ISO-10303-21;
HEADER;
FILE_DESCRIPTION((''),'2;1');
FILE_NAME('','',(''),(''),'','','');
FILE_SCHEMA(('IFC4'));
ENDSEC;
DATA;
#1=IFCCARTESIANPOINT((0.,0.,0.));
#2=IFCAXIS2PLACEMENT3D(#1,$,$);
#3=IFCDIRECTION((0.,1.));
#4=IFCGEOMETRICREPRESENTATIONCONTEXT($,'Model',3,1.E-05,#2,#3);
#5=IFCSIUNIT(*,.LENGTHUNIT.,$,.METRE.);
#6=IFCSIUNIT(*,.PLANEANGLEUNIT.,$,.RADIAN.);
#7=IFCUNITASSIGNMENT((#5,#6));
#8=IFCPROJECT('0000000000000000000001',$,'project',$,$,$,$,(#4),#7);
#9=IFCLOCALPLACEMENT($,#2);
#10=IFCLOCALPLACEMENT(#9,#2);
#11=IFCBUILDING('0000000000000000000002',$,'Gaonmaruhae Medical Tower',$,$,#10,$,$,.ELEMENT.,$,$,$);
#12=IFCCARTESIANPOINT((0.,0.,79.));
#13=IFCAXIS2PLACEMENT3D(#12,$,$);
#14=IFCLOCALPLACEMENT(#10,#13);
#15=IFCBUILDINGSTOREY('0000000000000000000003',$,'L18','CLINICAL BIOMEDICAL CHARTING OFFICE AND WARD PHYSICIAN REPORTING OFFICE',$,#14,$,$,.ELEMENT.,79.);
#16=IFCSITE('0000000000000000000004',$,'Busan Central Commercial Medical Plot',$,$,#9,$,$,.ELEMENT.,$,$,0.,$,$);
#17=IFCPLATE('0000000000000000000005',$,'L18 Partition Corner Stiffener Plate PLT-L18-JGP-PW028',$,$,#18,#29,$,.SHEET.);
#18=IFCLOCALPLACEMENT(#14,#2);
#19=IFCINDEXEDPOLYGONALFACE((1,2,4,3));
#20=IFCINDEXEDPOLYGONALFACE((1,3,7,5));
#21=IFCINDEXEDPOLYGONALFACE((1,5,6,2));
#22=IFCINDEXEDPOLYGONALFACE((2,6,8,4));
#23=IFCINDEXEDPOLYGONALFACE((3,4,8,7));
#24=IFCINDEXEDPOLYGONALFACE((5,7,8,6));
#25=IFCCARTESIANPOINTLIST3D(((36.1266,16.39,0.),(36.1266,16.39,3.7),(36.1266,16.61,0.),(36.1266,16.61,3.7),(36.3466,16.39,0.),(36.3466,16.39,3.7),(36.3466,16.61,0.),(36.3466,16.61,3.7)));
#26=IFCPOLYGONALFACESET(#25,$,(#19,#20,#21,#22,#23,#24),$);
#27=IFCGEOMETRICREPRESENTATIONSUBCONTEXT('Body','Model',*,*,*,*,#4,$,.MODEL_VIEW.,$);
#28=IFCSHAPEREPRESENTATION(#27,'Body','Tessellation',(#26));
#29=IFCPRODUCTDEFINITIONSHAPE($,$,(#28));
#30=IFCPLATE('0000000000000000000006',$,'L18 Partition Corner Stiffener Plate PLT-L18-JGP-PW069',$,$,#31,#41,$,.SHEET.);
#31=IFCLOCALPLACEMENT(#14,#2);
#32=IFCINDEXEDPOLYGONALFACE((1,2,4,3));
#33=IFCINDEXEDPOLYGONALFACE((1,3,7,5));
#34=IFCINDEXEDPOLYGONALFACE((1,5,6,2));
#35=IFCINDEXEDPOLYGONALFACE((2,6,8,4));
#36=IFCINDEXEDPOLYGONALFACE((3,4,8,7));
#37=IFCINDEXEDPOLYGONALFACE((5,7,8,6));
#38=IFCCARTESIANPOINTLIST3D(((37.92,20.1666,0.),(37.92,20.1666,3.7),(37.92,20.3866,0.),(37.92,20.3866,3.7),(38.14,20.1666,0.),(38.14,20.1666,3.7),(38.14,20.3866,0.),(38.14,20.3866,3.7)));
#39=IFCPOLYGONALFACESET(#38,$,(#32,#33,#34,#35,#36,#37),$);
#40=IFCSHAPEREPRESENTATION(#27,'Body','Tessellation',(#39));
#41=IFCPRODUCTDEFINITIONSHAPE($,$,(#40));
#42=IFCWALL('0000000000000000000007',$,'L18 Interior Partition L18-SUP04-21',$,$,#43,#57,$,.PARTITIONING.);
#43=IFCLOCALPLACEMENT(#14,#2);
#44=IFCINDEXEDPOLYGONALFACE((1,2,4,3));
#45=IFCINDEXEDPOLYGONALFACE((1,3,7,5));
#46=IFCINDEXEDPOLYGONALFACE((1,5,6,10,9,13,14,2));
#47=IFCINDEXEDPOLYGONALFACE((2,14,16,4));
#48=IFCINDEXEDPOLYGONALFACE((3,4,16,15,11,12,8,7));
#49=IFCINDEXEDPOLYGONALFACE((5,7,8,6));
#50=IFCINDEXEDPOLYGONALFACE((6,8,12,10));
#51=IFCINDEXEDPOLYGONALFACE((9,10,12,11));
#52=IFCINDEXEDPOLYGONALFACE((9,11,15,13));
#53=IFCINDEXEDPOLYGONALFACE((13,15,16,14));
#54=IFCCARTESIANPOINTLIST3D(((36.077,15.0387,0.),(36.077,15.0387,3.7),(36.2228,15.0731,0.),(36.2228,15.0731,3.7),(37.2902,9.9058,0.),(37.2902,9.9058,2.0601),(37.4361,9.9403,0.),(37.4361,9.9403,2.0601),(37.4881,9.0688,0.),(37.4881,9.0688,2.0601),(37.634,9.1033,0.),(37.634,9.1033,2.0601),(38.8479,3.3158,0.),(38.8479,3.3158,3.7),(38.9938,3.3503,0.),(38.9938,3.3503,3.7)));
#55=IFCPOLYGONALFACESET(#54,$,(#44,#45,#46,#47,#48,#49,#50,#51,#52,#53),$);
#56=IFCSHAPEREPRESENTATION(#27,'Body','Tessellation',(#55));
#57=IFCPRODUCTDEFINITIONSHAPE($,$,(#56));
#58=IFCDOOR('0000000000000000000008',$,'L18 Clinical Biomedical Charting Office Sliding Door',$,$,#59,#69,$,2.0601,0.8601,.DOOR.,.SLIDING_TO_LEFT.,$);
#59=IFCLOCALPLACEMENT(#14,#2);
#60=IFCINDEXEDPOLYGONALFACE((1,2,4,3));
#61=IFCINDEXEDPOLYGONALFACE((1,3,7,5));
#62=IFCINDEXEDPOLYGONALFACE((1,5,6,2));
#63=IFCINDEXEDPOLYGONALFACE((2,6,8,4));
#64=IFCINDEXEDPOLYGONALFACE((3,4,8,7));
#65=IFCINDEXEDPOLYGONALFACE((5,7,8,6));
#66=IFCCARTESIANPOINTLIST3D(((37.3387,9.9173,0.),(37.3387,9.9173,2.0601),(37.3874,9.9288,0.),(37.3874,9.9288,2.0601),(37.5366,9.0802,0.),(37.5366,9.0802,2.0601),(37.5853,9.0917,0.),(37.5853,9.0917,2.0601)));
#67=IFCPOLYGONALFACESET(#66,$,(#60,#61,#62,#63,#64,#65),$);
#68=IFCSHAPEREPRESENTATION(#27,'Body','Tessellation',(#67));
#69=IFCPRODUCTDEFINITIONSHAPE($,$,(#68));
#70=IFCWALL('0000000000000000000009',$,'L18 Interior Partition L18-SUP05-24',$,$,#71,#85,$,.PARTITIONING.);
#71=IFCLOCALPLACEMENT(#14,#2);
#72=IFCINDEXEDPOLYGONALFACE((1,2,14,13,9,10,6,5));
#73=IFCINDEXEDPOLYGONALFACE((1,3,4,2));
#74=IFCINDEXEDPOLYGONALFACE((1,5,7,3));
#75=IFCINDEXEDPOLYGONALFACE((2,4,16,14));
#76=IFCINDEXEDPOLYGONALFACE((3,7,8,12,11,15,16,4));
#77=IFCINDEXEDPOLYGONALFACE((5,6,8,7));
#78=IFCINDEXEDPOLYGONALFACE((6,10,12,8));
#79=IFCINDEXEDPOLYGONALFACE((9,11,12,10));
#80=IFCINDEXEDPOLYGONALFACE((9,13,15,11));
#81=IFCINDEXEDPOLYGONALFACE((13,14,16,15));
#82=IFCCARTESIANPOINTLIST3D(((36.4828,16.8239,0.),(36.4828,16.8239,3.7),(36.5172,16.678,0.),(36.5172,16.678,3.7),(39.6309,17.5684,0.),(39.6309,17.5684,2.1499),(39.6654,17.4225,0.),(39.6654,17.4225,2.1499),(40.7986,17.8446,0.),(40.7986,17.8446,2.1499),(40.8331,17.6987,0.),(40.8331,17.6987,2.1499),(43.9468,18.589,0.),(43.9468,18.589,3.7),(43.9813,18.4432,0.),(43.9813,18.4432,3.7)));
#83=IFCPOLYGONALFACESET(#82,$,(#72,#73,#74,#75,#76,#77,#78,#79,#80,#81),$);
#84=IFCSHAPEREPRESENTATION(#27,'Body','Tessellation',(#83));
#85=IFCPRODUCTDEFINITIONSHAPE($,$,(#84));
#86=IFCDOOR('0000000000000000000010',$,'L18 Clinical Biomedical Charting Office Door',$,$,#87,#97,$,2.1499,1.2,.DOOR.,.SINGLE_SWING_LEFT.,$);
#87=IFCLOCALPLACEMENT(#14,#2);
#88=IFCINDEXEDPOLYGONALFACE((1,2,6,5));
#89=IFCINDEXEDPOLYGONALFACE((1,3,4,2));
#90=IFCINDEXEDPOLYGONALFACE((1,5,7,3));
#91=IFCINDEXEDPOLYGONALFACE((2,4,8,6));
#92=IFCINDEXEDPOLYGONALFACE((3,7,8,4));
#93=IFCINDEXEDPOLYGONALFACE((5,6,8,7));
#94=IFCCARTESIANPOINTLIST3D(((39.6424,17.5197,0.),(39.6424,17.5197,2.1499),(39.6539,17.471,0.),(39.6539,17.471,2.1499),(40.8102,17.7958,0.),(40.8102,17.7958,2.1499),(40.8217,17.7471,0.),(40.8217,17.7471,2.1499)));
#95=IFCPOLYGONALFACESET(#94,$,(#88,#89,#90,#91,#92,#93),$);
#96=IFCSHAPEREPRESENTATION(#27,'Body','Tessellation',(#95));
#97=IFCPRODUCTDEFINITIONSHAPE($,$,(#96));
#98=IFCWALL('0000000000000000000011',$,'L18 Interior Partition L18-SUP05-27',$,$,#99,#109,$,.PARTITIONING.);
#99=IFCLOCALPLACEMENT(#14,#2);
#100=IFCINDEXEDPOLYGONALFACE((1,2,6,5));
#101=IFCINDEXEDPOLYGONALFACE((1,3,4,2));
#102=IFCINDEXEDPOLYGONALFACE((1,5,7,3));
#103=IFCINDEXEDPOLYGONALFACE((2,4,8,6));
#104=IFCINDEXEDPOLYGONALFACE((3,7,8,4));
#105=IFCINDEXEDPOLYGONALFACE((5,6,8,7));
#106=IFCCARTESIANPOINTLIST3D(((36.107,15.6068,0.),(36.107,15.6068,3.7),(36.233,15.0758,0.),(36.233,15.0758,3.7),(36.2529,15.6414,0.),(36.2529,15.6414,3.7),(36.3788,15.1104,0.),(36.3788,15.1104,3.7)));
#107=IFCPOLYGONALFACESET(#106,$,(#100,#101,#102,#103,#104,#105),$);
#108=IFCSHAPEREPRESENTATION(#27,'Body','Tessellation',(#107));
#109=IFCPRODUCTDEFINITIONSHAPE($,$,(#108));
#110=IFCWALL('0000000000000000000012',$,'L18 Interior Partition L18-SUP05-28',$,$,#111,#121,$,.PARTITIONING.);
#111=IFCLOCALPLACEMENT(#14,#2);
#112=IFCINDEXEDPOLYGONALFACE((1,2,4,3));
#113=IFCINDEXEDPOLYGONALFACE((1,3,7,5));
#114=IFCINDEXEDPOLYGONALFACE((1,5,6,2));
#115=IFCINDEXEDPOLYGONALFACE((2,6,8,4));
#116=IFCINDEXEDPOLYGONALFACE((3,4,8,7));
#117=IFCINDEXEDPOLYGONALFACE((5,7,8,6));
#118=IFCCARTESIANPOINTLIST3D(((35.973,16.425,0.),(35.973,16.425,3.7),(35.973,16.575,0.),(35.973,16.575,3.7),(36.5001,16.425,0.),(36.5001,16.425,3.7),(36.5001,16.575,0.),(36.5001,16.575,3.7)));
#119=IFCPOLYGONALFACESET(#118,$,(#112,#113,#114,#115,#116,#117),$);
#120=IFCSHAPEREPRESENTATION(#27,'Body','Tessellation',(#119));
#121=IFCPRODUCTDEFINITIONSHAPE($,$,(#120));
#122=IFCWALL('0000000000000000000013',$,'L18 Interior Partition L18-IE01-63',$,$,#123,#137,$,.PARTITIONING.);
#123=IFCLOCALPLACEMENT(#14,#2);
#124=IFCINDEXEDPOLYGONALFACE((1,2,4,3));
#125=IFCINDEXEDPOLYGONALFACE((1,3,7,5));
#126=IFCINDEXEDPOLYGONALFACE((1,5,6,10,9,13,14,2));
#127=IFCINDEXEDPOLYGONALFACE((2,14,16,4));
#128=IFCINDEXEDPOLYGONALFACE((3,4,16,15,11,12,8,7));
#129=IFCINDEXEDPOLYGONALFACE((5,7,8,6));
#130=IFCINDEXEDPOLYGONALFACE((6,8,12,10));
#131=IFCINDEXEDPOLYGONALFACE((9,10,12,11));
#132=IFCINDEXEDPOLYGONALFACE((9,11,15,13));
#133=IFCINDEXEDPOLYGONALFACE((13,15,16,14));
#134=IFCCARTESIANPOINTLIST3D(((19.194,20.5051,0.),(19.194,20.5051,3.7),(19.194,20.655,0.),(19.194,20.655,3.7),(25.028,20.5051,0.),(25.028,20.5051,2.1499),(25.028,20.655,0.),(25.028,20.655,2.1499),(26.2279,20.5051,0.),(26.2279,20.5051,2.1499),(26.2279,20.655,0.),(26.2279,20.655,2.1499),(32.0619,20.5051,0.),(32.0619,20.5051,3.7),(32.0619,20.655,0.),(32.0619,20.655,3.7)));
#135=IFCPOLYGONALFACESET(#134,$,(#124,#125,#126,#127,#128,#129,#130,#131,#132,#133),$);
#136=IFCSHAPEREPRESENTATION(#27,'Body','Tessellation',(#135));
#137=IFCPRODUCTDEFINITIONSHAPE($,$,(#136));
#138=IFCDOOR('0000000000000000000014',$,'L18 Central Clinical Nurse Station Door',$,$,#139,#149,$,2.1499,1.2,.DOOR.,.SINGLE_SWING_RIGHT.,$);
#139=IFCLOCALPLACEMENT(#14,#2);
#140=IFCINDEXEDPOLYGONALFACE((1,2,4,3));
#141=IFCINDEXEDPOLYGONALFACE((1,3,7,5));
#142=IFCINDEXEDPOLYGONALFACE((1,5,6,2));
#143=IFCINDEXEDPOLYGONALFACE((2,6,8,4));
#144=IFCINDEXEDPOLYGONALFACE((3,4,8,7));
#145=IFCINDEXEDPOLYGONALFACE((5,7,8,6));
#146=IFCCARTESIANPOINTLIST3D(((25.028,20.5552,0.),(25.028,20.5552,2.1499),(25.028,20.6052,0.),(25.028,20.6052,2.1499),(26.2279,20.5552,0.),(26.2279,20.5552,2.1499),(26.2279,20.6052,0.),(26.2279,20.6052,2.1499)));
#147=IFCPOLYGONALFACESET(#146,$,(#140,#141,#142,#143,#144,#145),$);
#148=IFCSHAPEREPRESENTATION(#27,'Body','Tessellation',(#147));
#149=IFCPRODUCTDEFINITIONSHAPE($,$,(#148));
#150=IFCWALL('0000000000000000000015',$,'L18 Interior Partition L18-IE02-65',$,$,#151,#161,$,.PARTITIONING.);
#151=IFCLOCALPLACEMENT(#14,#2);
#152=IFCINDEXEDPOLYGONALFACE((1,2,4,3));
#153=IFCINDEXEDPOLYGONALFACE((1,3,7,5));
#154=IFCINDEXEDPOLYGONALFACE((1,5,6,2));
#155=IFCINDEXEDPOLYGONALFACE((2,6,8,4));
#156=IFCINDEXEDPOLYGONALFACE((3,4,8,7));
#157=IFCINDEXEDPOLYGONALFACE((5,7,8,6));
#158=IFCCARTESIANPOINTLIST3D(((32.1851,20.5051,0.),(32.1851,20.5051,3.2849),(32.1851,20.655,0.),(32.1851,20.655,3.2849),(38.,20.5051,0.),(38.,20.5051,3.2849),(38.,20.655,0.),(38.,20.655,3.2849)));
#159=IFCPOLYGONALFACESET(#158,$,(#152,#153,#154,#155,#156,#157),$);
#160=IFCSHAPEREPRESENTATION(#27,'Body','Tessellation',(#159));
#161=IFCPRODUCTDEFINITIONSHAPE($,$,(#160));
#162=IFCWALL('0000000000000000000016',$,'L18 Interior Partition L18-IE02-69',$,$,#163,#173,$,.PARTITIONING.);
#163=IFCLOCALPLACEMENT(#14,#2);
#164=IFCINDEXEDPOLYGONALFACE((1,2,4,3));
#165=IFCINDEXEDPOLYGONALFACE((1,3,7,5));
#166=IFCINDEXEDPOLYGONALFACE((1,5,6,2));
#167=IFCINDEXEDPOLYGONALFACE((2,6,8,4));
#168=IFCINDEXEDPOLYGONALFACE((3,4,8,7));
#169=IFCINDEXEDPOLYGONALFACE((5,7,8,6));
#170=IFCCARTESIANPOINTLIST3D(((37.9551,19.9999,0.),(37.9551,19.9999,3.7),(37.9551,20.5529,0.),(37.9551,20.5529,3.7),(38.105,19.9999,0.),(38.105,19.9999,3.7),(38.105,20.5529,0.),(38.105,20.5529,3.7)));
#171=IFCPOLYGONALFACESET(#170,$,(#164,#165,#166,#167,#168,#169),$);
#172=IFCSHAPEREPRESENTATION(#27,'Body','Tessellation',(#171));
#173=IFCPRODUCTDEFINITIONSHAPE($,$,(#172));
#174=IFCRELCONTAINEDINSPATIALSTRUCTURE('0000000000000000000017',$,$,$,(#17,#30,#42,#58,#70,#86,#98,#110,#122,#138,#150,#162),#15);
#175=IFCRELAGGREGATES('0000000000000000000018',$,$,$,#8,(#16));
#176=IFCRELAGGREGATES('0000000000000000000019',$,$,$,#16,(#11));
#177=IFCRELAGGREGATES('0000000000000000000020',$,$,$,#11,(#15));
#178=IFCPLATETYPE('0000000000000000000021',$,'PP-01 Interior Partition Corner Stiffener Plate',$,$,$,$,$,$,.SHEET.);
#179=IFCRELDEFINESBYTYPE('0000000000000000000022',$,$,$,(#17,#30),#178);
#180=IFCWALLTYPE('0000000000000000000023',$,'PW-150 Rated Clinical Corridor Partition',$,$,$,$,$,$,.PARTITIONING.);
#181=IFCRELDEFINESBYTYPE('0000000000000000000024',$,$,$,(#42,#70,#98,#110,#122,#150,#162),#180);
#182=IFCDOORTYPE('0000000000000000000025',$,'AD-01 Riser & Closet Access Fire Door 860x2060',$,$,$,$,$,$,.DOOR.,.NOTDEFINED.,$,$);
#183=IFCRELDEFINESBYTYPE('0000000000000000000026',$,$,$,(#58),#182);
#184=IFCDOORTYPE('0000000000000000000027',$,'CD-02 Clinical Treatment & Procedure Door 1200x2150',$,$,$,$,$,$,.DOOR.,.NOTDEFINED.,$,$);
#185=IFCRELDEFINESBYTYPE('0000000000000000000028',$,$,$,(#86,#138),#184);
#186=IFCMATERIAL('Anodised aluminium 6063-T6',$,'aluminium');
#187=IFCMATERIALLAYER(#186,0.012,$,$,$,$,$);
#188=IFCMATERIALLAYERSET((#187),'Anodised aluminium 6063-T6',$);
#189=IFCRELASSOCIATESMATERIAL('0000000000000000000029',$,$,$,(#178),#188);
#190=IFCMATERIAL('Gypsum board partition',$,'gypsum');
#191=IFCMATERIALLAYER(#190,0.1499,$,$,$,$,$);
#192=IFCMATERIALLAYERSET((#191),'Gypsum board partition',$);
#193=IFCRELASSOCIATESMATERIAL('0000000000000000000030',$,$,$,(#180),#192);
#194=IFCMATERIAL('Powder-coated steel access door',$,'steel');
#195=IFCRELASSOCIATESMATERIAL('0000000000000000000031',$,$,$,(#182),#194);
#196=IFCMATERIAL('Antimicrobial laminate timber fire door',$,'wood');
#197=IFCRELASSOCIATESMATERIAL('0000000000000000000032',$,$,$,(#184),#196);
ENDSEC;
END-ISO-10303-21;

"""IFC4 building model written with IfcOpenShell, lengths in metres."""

from ifc_helpers import new_model, si_unit, direction, frame, frame_2d, origin, origin_2d, place, context, subcontext, project, spatial, rectangle, extrude, material, layer, layer_set, type_object, element, fill, save


model = new_model("IFC4")

# Units and contexts
model_context = context("Model", 3, precision=1e-05, world=origin(), true_north=direction((0.0, 1.0)))
body_context = subcontext(model_context, "Body", "Model", "MODEL_VIEW")
ifc_project = project(units=[si_unit("LENGTHUNIT", "METRE"), si_unit("PLANEANGLEUNIT", "RADIAN")], contexts=[model_context])

# Site, building, storey
site_placement = place(None, origin())
site = spatial("IfcSite", under=ifc_project, at=site_placement, Name="Busan Central Commercial Medical Plot", CompositionType="ELEMENT", RefElevation=0.0)
building_placement = place(site_placement, origin())
building = spatial("IfcBuilding", under=site, at=building_placement, Name="Gaonmaruhae Medical Tower", CompositionType="ELEMENT")
storey_placement = place(building_placement, frame((0.0, 0.0, 79.0)))
storey = spatial("IfcBuildingStorey", under=building, at=storey_placement, Name="L18", Description="CLINICAL BIOMEDICAL CHARTING OFFICE AND WARD PHYSICIAN REPORTING OFFICE", CompositionType="ELEMENT", Elevation=79.0)

# Plates
ifc_material_1 = material(Name="Anodised aluminium 6063-T6", Category="aluminium")
ifc_layer_1 = layer(ifc_material_1, 0.012)
ifc_layer_set_1 = layer_set([ifc_layer_1], Name="Anodised aluminium 6063-T6")
plate_type = type_object("IfcPlateType", Name="PP-01 Interior Partition Corner Stiffener Plate", PredefinedType="SHEET", material=ifc_layer_set_1)
for number, where, z_axis, x_axis, name in (
    (1, (36.2366, 16.5, 0.0), (0.0, 0.0, 1.0), (1.0, 0.0, 0.0), "L18 Partition Corner Stiffener Plate PLT-L18-JGP-PW028"),
    (2, (38.03, 20.2766, 0.0), (0.0, 0.0, 1.0), (0.0, 1.0, 0.0), "L18 Partition Corner Stiffener Plate PLT-L18-JGP-PW069"),
):
    element("IfcPlate", number, at=place(storey_placement, frame(where, z_axis=z_axis, x_axis=x_axis)), inside=storey, type_object=plate_type, Name=name, PredefinedType="SHEET", context=body_context, shape_type="SweptSolid", body=[
        extrude(rectangle(XDim=0.22, YDim=0.22, at=origin_2d()), origin(), (0.0, 0.0, 1.0), 3.7),
    ])

# Walls, openings, doors
ifc_material_2 = material(Name="Gypsum board partition", Category="gypsum")
ifc_layer_2 = layer(ifc_material_2, 0.1499)
ifc_layer_set_2 = layer_set([ifc_layer_2], Name="Gypsum board partition")
wall_type_1 = type_object("IfcWallType", Name="PW-150 Rated Clinical Corridor Partition", PredefinedType="PARTITIONING", material=ifc_layer_set_2)
wall_1_placement = place(storey_placement, frame((36.1499, 15.0559, 0.0), z_axis=(0.0, 0.0, 1.0), x_axis=(0.230036, -0.973182, 0.0)))
wall_1 = element("IfcWall", 3, at=wall_1_placement, inside=storey, type_object=wall_type_1, Name="L18 Interior Partition L18-SUP04-21", PredefinedType="PARTITIONING", context=body_context, shape_type="SweptSolid", body=[
    extrude(rectangle(XDim=12.0459, YDim=0.1499, at=frame_2d((6.0229, 0.0))), origin(), (0.0, 0.0, 1.0), 3.7),
])
opening_1_placement = place(wall_1_placement, frame((5.2742, 0.0, 0.0)))
opening_1 = element("IfcOpeningElement", 4, at=opening_1_placement, cuts=wall_1, PredefinedType="OPENING", context=body_context, shape_type="SweptSolid", body=[
    extrude(rectangle(XDim=0.8601, YDim=2.0601, at=frame_2d((0.4302, 1.03))), frame((0.0, 0.085, 0.0), z_axis=(0.0, -1.0, 0.0), x_axis=(1.0, 0.0, 0.0)), (0.0, 0.0, 1.0), 0.1699),
])
ifc_material_3 = material(Name="Powder-coated steel access door", Category="steel")
door_type_1 = type_object("IfcDoorType", Name="AD-01 Riser & Closet Access Fire Door 860x2060", OperationType="NOTDEFINED", PredefinedType="DOOR", material=ifc_material_3)
door_1_placement = place(opening_1_placement, origin())
door_1 = element("IfcDoor", 5, at=door_1_placement, inside=storey, type_object=door_type_1, Name="L18 Clinical Biomedical Charting Office Sliding Door", OperationType="SLIDING_TO_LEFT", OverallHeight=2.0601, OverallWidth=0.8601, PredefinedType="DOOR", context=body_context, shape_type="SweptSolid", body=[
    extrude(rectangle(XDim=0.8601, YDim=2.0601, at=frame_2d((0.4302, 1.03))), frame((0.0, 0.0249, 0.0), z_axis=(0.0, -1.0, 0.0), x_axis=(1.0, 0.0, 0.0)), (0.0, 0.0, 1.0), 0.05),
])
fill(opening_1, door_1)
wall_2_placement = place(storey_placement, frame((36.5, 16.751, 0.0), z_axis=(0.0, 0.0, 1.0), x_axis=(0.973159, 0.230136, 0.0)))
wall_2 = element("IfcWall", 6, at=wall_2_placement, inside=storey, type_object=wall_type_1, Name="L18 Interior Partition L18-SUP05-24", PredefinedType="PARTITIONING", context=body_context, shape_type="SweptSolid", body=[
    extrude(rectangle(XDim=7.6699, YDim=0.1499, at=frame_2d((3.835, 0.0))), origin(), (0.0, 0.0, 1.0), 3.7),
])
opening_2_placement = place(wall_2_placement, frame((3.2349, 0.0, 0.0)))
opening_2 = element("IfcOpeningElement", 7, at=opening_2_placement, cuts=wall_2, PredefinedType="OPENING", context=body_context, shape_type="SweptSolid", body=[
    extrude(rectangle(XDim=1.2, YDim=2.1499, at=frame_2d((0.6001, 1.075))), frame((0.0, 0.085, 0.0), z_axis=(0.0, -1.0, 0.0), x_axis=(1.0, 0.0, 0.0)), (0.0, 0.0, 1.0), 0.1699),
])
ifc_material_4 = material(Name="Antimicrobial laminate timber fire door", Category="wood")
door_type_2 = type_object("IfcDoorType", Name="CD-02 Clinical Treatment & Procedure Door 1200x2150", OperationType="NOTDEFINED", PredefinedType="DOOR", material=ifc_material_4)
door_2_placement = place(opening_2_placement, origin())
door_2 = element("IfcDoor", 8, at=door_2_placement, inside=storey, type_object=door_type_2, Name="L18 Clinical Biomedical Charting Office Door", OperationType="SINGLE_SWING_LEFT", OverallHeight=2.1499, OverallWidth=1.2, PredefinedType="DOOR", context=body_context, shape_type="SweptSolid", body=[
    extrude(rectangle(XDim=1.2, YDim=2.1499, at=frame_2d((0.6001, 1.075))), frame((0.0, 0.0249, 0.0), z_axis=(0.0, -1.0, 0.0), x_axis=(1.0, 0.0, 0.0)), (0.0, 0.0, 1.0), 0.05),
])
fill(opening_2, door_2)

# Walls
wall_3_placement = place(storey_placement, frame((36.3059, 15.093, 0.0), z_axis=(0.0, 0.0, 1.0), x_axis=(-0.230834, 0.972993, 0.0)))
element("IfcWall", 9, at=wall_3_placement, inside=storey, type_object=wall_type_1, Name="L18 Interior Partition L18-SUP05-27", PredefinedType="PARTITIONING", context=body_context, shape_type="SweptSolid", body=[
    extrude(rectangle(XDim=0.5457, YDim=0.1499, at=frame_2d((0.2729, 0.0))), origin(), (0.0, 0.0, 1.0), 3.7),
])
wall_4_placement = place(storey_placement, frame((35.9729, 16.5, 0.0), z_axis=(0.0, 0.0, 1.0), x_axis=(1.0, 0.0, 0.0)))
element("IfcWall", 10, at=wall_4_placement, inside=storey, type_object=wall_type_1, Name="L18 Interior Partition L18-SUP05-28", PredefinedType="PARTITIONING", context=body_context, shape_type="SweptSolid", body=[
    extrude(rectangle(XDim=0.5271, YDim=0.1499, at=frame_2d((0.2637, 0.0))), origin(), (0.0, 0.0, 1.0), 3.7),
])

# Wall, opening, door
wall_5_placement = place(storey_placement, frame((32.062, 20.5801, 0.0), z_axis=(0.0, 0.0, 1.0), x_axis=(-1.0, 0.0, 0.0)))
wall_5 = element("IfcWall", 11, at=wall_5_placement, inside=storey, type_object=wall_type_1, Name="L18 Interior Partition L18-IE01-63", PredefinedType="PARTITIONING", context=body_context, shape_type="SweptSolid", body=[
    extrude(rectangle(XDim=12.8679, YDim=0.1499, at=frame_2d((6.4341, 0.0))), origin(), (0.0, 0.0, 1.0), 3.7),
])
opening_3_placement = place(wall_5_placement, frame((5.834, 0.0, 0.0)))
opening_3 = element("IfcOpeningElement", 12, at=opening_3_placement, cuts=wall_5, PredefinedType="OPENING", context=body_context, shape_type="SweptSolid", body=[
    extrude(rectangle(XDim=1.2, YDim=2.1499, at=frame_2d((0.6001, 1.075))), frame((0.0, 0.085, 0.0), z_axis=(0.0, -1.0, 0.0), x_axis=(1.0, 0.0, 0.0)), (0.0, 0.0, 1.0), 0.1699),
])
door_3_placement = place(opening_3_placement, origin())
door_3 = element("IfcDoor", 13, at=door_3_placement, inside=storey, type_object=door_type_2, Name="L18 Central Clinical Nurse Station Door", OperationType="SINGLE_SWING_RIGHT", OverallHeight=2.1499, OverallWidth=1.2, PredefinedType="DOOR", context=body_context, shape_type="SweptSolid", body=[
    extrude(rectangle(XDim=1.2, YDim=2.1499, at=frame_2d((0.6001, 1.075))), frame((0.0, 0.0249, 0.0), z_axis=(0.0, -1.0, 0.0), x_axis=(1.0, 0.0, 0.0)), (0.0, 0.0, 1.0), 0.05),
])
fill(opening_3, door_3)

# Walls
wall_6_placement = place(storey_placement, frame((38.0, 20.5801, 0.0), z_axis=(0.0, 0.0, 1.0), x_axis=(-1.0, 0.0, 0.0)))
element("IfcWall", 14, at=wall_6_placement, inside=storey, type_object=wall_type_1, Name="L18 Interior Partition L18-IE02-65", PredefinedType="PARTITIONING", context=body_context, shape_type="SweptSolid", body=[
    extrude(rectangle(XDim=5.8149, YDim=0.1499, at=frame_2d((2.9075, 0.0))), origin(), (0.0, 0.0, 1.0), 3.2849),
])
wall_7_placement = place(storey_placement, frame((38.03, 20.0, 0.0), z_axis=(0.0, 0.0, 1.0), x_axis=(0.0, 1.0, 0.0)))
element("IfcWall", 15, at=wall_7_placement, inside=storey, type_object=wall_type_1, Name="L18 Interior Partition L18-IE02-69", PredefinedType="PARTITIONING", context=body_context, shape_type="SweptSolid", body=[
    extrude(rectangle(XDim=0.553, YDim=0.1499, at=frame_2d((0.2764, 0.0))), origin(), (0.0, 0.0, 1.0), 3.7),
])

save(model, "model.ifc")
